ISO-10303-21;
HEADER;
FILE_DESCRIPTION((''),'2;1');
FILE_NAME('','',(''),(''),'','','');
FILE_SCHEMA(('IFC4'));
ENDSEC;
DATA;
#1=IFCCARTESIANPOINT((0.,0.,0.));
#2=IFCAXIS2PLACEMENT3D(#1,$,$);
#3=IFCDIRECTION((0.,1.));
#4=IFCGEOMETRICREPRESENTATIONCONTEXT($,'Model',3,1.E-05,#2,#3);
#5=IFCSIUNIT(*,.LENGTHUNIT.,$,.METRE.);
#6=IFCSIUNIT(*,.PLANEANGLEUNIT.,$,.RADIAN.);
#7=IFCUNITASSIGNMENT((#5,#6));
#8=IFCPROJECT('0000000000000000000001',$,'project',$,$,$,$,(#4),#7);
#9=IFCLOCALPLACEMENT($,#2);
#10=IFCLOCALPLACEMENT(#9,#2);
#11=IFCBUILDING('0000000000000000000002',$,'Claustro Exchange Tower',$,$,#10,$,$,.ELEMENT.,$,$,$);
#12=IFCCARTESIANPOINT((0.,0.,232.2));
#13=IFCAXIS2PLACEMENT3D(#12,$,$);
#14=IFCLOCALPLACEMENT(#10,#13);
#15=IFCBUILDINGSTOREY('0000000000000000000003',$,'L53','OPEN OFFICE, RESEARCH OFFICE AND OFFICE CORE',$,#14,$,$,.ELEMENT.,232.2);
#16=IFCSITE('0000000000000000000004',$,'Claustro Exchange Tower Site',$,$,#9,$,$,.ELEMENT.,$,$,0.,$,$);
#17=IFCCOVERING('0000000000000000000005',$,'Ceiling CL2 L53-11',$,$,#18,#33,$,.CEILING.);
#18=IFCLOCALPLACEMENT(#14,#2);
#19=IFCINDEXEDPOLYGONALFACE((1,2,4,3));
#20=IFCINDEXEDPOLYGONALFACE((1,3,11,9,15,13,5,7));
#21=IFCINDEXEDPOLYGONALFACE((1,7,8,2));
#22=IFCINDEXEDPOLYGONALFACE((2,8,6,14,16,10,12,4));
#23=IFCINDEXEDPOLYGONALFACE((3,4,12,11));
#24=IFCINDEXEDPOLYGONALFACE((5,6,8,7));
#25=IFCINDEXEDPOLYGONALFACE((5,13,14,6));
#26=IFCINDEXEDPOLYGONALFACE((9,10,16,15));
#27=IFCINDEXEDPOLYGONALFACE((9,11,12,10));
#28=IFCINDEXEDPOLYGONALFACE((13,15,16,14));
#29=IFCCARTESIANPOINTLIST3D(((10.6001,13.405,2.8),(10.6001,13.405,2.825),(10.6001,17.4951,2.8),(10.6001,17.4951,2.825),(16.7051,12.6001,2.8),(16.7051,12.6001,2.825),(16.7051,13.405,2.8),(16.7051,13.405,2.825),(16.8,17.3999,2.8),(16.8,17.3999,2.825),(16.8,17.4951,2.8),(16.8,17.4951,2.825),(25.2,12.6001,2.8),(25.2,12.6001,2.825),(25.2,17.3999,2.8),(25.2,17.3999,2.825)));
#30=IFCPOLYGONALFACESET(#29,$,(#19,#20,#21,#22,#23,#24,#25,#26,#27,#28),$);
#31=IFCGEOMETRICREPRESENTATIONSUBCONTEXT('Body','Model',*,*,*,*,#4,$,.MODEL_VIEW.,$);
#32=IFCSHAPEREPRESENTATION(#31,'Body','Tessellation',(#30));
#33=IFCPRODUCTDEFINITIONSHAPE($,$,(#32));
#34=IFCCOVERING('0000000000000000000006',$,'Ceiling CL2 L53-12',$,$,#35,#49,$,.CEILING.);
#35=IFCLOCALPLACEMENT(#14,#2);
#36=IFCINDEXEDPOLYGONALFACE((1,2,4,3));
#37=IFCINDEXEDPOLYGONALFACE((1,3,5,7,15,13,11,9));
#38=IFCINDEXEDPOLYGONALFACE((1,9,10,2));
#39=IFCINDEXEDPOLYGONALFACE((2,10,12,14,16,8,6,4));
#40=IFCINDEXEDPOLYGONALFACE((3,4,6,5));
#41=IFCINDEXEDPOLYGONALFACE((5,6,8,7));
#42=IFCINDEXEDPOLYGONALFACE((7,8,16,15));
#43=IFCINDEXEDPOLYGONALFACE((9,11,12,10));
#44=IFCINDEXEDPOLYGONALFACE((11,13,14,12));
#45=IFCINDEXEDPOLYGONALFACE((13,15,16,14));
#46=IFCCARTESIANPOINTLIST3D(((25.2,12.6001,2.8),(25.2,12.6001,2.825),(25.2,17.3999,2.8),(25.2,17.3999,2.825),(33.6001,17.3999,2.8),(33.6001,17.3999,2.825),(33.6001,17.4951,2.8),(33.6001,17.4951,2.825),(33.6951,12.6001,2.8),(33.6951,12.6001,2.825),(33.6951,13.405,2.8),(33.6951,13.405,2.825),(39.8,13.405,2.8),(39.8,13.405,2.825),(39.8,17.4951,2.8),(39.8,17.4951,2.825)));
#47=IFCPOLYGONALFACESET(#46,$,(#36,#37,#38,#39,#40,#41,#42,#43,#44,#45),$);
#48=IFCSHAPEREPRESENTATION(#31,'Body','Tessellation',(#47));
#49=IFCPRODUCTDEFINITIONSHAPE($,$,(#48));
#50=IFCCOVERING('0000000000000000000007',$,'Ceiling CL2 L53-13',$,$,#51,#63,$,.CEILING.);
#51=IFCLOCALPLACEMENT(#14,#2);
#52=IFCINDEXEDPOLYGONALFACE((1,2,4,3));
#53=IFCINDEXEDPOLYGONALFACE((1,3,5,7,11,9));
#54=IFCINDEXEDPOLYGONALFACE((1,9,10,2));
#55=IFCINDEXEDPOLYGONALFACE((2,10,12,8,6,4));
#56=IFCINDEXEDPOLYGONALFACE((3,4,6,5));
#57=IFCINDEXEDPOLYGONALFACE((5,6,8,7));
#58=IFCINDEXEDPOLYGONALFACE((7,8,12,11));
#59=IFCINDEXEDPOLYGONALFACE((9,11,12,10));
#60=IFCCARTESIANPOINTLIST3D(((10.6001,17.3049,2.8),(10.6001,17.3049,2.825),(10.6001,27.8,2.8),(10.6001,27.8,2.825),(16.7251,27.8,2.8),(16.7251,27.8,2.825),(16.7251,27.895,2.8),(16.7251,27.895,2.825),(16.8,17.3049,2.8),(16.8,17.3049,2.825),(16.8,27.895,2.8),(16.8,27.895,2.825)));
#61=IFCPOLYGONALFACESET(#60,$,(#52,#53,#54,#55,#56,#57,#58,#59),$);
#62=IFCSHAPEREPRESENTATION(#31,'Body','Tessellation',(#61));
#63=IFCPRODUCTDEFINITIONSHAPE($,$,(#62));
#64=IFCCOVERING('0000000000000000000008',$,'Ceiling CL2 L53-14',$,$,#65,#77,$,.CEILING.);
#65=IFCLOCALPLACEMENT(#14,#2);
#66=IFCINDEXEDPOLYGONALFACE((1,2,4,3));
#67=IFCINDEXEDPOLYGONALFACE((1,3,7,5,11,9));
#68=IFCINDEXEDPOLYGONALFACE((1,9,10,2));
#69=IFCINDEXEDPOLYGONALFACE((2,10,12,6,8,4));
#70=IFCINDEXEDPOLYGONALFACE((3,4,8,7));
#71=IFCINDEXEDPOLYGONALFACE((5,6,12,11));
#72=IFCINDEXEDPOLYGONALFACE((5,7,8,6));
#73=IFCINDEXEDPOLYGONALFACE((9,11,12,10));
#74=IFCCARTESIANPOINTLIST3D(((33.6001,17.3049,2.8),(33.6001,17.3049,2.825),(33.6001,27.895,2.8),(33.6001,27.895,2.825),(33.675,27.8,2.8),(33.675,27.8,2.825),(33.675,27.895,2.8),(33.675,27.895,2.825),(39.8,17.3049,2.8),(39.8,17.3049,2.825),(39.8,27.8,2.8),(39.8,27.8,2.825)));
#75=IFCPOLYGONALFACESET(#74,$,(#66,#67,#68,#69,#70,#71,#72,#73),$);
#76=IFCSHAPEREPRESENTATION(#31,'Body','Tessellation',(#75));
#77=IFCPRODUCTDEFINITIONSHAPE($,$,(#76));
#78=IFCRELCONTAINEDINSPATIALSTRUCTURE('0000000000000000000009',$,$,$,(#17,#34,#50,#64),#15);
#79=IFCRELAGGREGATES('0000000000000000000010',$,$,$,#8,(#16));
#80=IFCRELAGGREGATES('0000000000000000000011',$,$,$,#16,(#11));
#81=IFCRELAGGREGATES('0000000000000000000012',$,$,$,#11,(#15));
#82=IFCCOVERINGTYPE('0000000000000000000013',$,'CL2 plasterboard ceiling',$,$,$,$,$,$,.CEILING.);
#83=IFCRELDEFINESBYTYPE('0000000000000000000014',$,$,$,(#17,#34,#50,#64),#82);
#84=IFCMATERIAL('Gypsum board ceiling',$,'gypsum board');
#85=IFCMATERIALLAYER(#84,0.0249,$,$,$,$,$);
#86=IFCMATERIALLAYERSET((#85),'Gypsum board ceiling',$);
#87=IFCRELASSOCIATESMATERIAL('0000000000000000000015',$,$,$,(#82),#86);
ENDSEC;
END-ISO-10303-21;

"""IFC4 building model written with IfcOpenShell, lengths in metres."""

from ifc_helpers import new_model, si_unit, direction, frame, origin, place, context, subcontext, project, spatial, polyline, outline, extrude, material, layer, layer_set, type_object, element, save


model = new_model("IFC4")

# Units and contexts
model_context = context("Model", 3, precision=1e-05, world=origin(), true_north=direction((0.0, 1.0)))
body_context = subcontext(model_context, "Body", "Model", "MODEL_VIEW")
ifc_project = project(units=[si_unit("LENGTHUNIT", "METRE"), si_unit("PLANEANGLEUNIT", "RADIAN")], contexts=[model_context])

# Site, building, storey
site_placement = place(None, origin())
site = spatial("IfcSite", under=ifc_project, at=site_placement, Name="Claustro Exchange Tower Site", CompositionType="ELEMENT", RefElevation=0.0)
building_placement = place(site_placement, origin())
building = spatial("IfcBuilding", under=site, at=building_placement, Name="Claustro Exchange Tower", CompositionType="ELEMENT")
storey_placement = place(building_placement, frame((0.0, 0.0, 232.2)))
storey = spatial("IfcBuildingStorey", under=building, at=storey_placement, Name="L53", Description="OPEN OFFICE, RESEARCH OFFICE AND OFFICE CORE", CompositionType="ELEMENT", Elevation=232.2)

# Coverings
ifc_material_1 = material(Name="Gypsum board ceiling", Category="gypsum board")
ifc_layer_1 = layer(ifc_material_1, 0.0249)
ifc_layer_set_1 = layer_set([ifc_layer_1], Name="Gypsum board ceiling")
covering_type_1 = type_object("IfcCoveringType", Name="CL2 plasterboard ceiling", PredefinedType="CEILING", material=ifc_layer_set_1)
covering_1_placement = place(storey_placement, frame((0.0, 0.0, 2.8)))
element("IfcCovering", 1, at=covering_1_placement, inside=storey, type_object=covering_type_1, Name="Ceiling CL2 L53-11", PredefinedType="CEILING", context=body_context, shape_type="SweptSolid", body=[
    extrude(outline(polyline([(25.2, 17.3999), (16.8, 17.3999), (16.8, 17.4951), (10.6001, 17.4951), (10.6001, 13.405), (16.7051, 13.405), (16.7051, 12.6001), (25.2, 12.6001), (25.2, 17.3999)])), origin(), (0.0, 0.0, 1.0), 0.0249),
])
covering_2_placement = place(storey_placement, frame((0.0, 0.0, 2.8)))
element("IfcCovering", 2, at=covering_2_placement, inside=storey, type_object=covering_type_1, Name="Ceiling CL2 L53-12", PredefinedType="CEILING", context=body_context, shape_type="SweptSolid", body=[
    extrude(outline(polyline([(39.8, 13.405), (39.8, 17.4951), (33.6001, 17.4951), (33.6001, 17.3999), (25.2, 17.3999), (25.2, 12.6001), (33.6951, 12.6001), (33.6951, 13.405), (39.8, 13.405)])), origin(), (0.0, 0.0, 1.0), 0.0249),
])
covering_3_placement = place(storey_placement, frame((0.0, 0.0, 2.8)))
element("IfcCovering", 3, at=covering_3_placement, inside=storey, type_object=covering_type_1, Name="Ceiling CL2 L53-13", PredefinedType="CEILING", context=body_context, shape_type="SweptSolid", body=[
    extrude(outline(polyline([(10.6001, 27.8), (10.6001, 17.3049), (16.8, 17.3049), (16.8, 27.895), (16.7251, 27.895), (16.7251, 27.8), (10.6001, 27.8)])), origin(), (0.0, 0.0, 1.0), 0.0249),
])
covering_4_placement = place(storey_placement, frame((0.0, 0.0, 2.8)))
element("IfcCovering", 4, at=covering_4_placement, inside=storey, type_object=covering_type_1, Name="Ceiling CL2 L53-14", PredefinedType="CEILING", context=body_context, shape_type="SweptSolid", body=[
    extrude(outline(polyline([(33.6001, 27.895), (33.6001, 17.3049), (39.8, 17.3049), (39.8, 27.8), (33.675, 27.8), (33.675, 27.895), (33.6001, 27.895)])), origin(), (0.0, 0.0, 1.0), 0.0249),
])

save(model, "model.ifc")
